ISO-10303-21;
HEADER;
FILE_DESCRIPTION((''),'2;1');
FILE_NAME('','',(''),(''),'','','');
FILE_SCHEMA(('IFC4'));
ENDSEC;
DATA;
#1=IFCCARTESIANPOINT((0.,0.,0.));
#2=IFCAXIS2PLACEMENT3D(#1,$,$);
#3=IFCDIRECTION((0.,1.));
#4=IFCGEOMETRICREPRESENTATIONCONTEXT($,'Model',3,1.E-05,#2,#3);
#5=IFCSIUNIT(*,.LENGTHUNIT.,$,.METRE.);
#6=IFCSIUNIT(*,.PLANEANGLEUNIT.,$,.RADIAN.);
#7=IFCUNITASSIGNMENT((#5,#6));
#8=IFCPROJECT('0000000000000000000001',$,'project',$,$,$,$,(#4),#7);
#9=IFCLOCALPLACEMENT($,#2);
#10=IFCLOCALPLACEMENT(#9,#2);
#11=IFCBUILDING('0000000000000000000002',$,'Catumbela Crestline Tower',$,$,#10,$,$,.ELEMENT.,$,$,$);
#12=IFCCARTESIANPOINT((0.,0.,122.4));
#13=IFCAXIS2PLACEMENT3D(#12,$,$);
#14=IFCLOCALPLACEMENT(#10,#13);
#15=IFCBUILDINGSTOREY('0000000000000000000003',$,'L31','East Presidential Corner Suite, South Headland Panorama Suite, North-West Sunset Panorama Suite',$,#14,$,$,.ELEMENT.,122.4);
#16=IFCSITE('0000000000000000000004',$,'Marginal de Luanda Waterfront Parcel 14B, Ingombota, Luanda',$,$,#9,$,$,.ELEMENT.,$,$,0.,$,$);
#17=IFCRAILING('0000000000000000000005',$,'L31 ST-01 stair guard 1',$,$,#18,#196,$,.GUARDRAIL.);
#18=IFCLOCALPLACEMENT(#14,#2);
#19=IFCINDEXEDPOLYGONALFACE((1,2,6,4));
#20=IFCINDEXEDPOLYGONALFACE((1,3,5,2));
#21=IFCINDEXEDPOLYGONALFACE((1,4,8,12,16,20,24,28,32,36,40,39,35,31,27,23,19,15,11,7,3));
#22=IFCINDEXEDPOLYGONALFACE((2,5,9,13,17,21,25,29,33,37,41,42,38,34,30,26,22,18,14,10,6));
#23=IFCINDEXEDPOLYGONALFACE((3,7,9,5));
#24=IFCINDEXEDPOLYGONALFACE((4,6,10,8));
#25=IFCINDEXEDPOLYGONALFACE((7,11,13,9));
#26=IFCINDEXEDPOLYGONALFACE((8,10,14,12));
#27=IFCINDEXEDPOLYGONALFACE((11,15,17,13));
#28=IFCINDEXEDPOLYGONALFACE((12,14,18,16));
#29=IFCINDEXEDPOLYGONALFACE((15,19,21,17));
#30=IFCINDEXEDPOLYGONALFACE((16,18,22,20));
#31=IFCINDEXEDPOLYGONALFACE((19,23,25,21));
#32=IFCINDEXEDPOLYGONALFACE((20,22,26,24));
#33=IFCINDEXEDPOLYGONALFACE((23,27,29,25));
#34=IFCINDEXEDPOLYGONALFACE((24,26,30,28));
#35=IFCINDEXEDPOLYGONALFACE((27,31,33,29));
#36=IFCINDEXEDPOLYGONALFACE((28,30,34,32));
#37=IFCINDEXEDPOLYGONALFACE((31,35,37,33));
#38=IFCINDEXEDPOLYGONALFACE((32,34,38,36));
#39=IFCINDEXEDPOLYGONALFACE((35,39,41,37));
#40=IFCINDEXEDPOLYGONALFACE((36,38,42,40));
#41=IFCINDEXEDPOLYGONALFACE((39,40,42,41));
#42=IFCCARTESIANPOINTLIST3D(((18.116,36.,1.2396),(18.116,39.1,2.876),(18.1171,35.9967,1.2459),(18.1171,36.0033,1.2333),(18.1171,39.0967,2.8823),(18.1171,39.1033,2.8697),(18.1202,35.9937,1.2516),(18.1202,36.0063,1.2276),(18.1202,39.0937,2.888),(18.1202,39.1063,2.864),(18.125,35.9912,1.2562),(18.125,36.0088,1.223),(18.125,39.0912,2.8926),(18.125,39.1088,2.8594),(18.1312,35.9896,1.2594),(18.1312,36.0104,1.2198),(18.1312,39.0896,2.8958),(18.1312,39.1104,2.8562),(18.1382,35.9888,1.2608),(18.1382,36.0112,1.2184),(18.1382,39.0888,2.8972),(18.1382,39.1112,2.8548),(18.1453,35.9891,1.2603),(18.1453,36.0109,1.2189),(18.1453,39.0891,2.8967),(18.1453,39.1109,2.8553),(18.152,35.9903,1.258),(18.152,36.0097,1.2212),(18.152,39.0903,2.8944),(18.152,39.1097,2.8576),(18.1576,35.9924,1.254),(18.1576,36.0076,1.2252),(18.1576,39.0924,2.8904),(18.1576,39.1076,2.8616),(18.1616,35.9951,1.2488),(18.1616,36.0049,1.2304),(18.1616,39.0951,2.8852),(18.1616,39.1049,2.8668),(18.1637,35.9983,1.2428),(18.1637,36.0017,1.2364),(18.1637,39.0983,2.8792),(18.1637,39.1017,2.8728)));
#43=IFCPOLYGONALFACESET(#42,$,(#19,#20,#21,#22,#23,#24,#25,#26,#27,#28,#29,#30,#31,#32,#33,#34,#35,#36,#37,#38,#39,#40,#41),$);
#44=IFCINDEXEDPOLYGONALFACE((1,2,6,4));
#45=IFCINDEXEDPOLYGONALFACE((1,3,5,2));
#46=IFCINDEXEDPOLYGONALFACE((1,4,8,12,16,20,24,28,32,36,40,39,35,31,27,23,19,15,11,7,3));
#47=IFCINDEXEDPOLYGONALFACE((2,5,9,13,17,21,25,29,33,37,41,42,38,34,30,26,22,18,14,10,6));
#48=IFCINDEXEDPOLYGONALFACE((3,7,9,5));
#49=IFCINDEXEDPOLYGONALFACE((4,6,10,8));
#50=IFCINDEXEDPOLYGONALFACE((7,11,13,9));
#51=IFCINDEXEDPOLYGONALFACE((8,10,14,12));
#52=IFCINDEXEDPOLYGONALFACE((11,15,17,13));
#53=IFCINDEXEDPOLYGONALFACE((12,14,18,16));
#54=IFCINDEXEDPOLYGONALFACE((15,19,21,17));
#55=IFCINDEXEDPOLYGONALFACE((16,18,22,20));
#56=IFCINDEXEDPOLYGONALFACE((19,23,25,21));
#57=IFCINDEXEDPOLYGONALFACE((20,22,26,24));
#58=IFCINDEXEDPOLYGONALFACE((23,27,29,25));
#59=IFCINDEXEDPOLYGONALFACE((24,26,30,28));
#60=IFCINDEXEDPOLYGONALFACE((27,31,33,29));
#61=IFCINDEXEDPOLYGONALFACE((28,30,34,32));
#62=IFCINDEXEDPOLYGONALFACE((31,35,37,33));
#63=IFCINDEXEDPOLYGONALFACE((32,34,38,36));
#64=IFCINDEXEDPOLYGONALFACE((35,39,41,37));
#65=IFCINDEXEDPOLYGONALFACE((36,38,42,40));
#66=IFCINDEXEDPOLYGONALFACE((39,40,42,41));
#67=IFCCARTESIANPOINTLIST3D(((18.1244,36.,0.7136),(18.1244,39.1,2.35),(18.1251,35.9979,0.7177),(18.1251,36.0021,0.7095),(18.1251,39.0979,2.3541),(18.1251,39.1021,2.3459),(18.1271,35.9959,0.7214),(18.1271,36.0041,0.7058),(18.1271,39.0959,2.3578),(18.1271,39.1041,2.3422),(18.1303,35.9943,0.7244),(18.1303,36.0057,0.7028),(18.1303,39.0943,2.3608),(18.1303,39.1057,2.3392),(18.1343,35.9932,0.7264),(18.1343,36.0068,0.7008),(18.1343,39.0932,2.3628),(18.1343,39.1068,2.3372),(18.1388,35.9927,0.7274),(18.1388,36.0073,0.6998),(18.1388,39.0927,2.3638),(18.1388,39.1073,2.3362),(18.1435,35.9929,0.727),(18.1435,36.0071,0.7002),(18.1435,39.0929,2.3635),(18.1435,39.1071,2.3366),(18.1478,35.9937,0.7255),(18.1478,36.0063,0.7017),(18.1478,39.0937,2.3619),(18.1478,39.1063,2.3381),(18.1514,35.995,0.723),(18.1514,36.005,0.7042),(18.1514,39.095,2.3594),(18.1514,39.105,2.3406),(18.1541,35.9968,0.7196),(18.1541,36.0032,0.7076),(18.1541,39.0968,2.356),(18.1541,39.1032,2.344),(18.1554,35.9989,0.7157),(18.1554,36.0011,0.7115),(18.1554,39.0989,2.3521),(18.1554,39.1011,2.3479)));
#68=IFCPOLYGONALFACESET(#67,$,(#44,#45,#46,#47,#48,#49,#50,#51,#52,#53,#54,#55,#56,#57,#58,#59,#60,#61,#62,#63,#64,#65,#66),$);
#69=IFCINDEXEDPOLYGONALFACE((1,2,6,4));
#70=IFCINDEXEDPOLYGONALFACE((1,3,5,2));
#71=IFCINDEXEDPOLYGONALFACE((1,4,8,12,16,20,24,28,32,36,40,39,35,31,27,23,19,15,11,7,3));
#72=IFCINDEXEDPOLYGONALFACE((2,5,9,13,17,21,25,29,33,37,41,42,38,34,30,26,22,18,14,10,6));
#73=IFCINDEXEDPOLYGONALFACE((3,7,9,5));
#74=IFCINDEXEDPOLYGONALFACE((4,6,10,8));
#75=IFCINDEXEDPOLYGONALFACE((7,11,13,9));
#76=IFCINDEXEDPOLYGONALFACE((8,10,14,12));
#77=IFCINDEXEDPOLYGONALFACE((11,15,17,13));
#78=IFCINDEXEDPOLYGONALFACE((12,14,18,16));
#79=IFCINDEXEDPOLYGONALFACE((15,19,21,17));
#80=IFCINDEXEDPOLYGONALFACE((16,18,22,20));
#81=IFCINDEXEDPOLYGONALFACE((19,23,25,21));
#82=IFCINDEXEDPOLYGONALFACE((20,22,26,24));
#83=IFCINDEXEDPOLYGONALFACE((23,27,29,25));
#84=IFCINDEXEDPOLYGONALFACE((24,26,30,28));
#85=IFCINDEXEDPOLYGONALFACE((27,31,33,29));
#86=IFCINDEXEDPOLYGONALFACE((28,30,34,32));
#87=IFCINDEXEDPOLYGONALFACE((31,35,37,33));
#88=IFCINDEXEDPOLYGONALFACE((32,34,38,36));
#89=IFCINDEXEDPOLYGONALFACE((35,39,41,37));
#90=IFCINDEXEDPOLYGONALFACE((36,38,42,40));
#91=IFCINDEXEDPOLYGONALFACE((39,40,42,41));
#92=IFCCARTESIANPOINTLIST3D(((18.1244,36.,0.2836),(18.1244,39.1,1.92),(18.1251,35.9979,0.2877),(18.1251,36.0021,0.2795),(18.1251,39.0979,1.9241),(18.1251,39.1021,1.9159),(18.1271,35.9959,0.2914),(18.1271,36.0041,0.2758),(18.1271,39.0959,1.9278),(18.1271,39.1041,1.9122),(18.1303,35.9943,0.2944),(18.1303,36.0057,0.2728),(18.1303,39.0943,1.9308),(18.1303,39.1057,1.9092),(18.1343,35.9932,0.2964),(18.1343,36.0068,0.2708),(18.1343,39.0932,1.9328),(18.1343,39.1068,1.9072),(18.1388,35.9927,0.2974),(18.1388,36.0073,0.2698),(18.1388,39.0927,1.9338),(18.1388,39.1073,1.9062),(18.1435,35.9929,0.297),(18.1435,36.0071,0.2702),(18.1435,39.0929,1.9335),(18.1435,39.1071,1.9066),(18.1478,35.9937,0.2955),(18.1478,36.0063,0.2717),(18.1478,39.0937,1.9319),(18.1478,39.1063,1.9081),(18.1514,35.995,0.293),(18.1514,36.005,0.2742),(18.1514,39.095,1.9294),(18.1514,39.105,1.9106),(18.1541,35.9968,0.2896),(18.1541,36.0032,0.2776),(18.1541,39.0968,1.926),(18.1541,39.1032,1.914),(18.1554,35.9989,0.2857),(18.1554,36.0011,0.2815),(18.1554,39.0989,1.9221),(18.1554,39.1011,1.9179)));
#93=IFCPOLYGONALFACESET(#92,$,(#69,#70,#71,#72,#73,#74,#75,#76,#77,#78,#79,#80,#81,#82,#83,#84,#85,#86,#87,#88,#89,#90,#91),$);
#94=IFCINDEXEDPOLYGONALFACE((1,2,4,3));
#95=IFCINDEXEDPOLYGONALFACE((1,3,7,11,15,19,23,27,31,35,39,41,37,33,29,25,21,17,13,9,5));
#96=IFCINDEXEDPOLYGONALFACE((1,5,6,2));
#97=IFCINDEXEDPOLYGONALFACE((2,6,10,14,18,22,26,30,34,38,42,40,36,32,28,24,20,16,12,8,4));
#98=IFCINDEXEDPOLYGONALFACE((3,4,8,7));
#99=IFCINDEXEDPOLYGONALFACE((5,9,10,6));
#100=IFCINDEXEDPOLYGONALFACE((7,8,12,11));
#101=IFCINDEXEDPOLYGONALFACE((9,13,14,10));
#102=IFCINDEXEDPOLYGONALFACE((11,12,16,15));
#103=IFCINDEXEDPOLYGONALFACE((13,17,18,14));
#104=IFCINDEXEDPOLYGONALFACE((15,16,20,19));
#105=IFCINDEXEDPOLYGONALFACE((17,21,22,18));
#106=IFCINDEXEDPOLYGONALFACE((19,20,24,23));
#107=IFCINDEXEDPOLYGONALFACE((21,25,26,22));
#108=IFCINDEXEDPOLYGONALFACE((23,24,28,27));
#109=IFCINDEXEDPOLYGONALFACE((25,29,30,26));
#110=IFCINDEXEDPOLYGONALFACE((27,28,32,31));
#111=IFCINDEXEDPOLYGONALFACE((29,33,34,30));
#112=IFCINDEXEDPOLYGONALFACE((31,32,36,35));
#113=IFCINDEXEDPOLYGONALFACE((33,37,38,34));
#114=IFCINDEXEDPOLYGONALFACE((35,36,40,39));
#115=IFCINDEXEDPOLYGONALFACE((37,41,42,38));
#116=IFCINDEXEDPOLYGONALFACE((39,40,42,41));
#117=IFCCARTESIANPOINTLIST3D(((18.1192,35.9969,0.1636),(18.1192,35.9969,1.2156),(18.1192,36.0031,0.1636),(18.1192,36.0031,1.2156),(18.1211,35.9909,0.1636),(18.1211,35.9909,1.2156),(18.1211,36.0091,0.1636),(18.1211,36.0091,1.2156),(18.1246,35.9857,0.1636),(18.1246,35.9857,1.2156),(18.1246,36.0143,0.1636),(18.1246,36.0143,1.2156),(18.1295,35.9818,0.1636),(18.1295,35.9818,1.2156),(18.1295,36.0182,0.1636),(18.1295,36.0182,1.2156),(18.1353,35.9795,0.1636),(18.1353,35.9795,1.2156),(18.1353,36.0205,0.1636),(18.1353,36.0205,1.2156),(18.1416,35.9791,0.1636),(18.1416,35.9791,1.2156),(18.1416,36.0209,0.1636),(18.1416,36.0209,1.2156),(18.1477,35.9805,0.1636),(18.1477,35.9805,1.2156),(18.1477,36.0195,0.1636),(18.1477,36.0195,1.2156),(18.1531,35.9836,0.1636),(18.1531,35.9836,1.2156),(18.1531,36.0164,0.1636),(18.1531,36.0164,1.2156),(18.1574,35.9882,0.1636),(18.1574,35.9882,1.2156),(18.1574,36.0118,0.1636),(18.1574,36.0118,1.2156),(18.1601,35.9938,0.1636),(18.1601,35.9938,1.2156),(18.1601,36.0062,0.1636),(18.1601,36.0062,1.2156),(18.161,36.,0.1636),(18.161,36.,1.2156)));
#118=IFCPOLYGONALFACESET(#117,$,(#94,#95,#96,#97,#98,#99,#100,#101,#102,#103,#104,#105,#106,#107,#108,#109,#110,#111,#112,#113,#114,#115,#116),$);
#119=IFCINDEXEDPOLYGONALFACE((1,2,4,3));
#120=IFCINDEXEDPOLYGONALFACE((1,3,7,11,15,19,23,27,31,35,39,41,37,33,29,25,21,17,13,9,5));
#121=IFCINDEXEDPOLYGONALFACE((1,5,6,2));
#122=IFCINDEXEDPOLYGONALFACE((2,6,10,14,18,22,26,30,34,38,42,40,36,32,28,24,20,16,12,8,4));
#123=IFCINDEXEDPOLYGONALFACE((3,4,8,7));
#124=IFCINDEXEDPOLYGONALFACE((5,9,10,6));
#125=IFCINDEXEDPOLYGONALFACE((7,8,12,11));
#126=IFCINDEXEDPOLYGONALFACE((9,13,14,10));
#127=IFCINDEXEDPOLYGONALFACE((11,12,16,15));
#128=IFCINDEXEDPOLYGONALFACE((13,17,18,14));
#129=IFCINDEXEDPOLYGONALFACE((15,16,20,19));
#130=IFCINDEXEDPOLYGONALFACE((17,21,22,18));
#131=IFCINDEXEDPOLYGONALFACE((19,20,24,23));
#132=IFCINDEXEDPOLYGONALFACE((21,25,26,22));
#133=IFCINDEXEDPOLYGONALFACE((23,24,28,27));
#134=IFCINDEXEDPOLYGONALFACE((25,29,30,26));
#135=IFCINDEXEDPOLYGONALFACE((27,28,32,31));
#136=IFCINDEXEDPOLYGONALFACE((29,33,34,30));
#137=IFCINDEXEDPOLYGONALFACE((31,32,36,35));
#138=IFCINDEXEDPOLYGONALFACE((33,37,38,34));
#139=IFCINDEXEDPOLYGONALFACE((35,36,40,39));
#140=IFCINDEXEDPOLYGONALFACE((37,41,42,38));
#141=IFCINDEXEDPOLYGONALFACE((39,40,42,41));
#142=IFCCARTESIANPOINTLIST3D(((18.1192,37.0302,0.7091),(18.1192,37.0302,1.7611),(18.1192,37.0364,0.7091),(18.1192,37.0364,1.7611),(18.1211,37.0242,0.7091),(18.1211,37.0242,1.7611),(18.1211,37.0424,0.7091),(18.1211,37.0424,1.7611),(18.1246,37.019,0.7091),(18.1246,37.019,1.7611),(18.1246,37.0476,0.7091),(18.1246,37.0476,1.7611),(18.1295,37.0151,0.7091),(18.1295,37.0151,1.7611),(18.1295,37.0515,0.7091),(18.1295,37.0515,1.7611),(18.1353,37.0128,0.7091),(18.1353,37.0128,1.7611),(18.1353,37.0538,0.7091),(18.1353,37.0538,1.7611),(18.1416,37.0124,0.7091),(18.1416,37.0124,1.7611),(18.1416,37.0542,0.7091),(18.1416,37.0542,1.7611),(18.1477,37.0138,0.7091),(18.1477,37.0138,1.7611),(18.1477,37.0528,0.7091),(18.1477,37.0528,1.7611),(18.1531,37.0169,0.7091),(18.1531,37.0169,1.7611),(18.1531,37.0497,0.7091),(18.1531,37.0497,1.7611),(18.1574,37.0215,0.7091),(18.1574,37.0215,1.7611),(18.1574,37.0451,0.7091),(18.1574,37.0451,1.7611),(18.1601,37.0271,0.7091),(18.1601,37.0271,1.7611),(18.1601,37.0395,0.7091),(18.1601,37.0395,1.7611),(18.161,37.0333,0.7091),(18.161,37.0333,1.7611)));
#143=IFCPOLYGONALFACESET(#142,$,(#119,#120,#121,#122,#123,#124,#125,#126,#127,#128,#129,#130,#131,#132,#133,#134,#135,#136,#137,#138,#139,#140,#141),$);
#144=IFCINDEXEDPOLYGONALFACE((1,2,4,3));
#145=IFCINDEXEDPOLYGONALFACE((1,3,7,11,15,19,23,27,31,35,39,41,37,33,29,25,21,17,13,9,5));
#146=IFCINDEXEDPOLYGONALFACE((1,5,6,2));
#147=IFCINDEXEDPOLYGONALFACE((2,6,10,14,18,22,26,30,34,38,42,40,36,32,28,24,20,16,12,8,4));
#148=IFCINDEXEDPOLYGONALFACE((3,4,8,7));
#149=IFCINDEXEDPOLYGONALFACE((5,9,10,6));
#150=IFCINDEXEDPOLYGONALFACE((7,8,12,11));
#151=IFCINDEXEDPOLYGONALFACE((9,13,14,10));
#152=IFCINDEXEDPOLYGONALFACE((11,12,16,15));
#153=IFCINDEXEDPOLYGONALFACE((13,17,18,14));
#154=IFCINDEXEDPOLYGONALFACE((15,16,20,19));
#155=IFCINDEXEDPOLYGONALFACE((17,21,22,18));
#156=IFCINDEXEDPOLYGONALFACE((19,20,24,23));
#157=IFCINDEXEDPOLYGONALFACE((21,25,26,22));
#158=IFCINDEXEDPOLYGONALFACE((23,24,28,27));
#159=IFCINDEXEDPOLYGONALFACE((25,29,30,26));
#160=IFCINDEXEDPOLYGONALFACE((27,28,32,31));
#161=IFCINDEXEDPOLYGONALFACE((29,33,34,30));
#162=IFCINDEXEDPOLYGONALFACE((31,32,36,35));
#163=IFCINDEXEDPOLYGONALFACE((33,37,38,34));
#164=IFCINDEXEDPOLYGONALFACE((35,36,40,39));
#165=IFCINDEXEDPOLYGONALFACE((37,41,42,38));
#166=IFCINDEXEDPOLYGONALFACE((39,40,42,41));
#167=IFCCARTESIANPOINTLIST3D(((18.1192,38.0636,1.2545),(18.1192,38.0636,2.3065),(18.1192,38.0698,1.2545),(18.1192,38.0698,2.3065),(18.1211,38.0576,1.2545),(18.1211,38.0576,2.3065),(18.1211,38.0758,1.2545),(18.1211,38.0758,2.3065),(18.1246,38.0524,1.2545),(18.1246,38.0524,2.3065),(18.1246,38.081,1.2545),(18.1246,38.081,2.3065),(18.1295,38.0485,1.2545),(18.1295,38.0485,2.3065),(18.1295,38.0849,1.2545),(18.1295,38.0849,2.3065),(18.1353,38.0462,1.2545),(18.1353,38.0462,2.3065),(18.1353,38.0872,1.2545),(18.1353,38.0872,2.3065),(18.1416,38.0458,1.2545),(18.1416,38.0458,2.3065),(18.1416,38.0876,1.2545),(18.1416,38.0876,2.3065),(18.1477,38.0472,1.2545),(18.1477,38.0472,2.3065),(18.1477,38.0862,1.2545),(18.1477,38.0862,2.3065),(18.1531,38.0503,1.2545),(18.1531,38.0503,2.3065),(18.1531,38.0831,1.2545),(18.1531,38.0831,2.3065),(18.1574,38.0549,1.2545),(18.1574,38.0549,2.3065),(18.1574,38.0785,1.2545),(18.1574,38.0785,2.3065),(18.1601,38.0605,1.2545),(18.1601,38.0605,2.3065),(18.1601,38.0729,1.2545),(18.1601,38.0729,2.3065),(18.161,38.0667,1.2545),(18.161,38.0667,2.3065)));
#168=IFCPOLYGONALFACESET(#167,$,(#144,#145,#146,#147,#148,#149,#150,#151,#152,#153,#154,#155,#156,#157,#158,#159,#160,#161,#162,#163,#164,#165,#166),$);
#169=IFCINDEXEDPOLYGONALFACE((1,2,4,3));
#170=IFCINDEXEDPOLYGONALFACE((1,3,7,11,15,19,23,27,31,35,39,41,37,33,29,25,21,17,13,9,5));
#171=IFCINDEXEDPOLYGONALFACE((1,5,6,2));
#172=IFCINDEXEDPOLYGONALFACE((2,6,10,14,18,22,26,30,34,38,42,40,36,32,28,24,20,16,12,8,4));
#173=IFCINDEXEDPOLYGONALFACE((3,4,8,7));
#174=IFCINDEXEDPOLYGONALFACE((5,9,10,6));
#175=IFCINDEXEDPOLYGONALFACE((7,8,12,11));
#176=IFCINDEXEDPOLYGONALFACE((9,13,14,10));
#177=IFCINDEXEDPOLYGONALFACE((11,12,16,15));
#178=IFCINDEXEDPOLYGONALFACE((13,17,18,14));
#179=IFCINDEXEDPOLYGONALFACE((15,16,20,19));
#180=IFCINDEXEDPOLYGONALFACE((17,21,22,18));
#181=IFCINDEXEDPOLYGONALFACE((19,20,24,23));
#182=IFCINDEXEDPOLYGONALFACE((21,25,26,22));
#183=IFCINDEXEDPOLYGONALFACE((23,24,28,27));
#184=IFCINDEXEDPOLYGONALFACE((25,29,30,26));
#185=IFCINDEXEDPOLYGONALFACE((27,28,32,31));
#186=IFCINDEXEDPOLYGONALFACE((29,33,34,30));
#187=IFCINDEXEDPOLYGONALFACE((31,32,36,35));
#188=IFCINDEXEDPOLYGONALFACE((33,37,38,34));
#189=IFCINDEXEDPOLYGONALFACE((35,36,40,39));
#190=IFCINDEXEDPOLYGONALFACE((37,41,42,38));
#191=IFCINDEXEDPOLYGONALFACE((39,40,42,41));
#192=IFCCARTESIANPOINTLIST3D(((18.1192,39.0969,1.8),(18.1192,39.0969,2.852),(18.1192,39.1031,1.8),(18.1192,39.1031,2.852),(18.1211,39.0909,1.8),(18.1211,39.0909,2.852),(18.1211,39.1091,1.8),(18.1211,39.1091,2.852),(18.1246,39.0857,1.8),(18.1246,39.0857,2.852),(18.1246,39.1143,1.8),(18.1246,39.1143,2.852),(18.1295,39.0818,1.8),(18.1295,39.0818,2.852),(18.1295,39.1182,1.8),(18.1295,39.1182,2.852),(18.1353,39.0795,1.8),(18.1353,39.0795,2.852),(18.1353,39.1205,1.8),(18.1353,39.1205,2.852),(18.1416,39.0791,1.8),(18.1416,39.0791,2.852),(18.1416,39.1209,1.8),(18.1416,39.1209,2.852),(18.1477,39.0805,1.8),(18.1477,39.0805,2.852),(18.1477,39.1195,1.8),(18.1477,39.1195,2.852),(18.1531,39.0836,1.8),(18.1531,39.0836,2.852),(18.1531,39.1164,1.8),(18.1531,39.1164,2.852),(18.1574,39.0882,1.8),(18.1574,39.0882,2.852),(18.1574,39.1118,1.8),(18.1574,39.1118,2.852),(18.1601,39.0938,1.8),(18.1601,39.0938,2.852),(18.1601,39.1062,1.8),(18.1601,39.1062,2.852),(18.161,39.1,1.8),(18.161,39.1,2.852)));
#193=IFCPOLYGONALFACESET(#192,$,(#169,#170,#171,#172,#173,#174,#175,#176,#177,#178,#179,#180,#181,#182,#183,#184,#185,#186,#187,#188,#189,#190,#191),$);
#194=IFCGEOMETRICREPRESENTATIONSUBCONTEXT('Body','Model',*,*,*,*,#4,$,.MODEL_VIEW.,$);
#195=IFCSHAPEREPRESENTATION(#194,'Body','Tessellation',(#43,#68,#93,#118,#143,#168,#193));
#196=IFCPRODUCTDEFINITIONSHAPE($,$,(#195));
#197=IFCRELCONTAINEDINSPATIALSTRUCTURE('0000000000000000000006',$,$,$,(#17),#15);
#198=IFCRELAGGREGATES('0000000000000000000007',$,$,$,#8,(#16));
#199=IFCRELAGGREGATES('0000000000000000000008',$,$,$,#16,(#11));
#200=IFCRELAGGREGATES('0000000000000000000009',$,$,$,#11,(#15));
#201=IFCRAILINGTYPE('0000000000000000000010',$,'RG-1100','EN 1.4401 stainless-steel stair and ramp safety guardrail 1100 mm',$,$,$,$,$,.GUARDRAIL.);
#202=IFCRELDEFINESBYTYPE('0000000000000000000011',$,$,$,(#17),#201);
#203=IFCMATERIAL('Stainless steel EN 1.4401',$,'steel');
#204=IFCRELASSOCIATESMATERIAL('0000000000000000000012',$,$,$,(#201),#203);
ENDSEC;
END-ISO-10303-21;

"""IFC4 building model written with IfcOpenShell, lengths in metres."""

from ifc_helpers import new_model, si_unit, direction, frame, origin, origin_2d, place, context, subcontext, project, spatial, circle, extrude, material, type_object, element, save


model = new_model("IFC4")

# Units and contexts
model_context = context("Model", 3, precision=1e-05, world=origin(), true_north=direction((0.0, 1.0)))
body_context = subcontext(model_context, "Body", "Model", "MODEL_VIEW")
ifc_project = project(units=[si_unit("LENGTHUNIT", "METRE"), si_unit("PLANEANGLEUNIT", "RADIAN")], contexts=[model_context])

# Site, building, storey
site_placement = place(None, origin())
site = spatial("IfcSite", under=ifc_project, at=site_placement, Name="Marginal de Luanda Waterfront Parcel 14B, Ingombota, Luanda", CompositionType="ELEMENT", RefElevation=0.0)
building_placement = place(site_placement, origin())
building = spatial("IfcBuilding", under=site, at=building_placement, Name="Catumbela Crestline Tower", CompositionType="ELEMENT")
storey_placement = place(building_placement, frame((0.0, 0.0, 122.4)))
storey = spatial("IfcBuildingStorey", under=building, at=storey_placement, Name="L31", Description="East Presidential Corner Suite, South Headland Panorama Suite, North-West Sunset Panorama Suite", CompositionType="ELEMENT", Elevation=122.4)

# Railing
ifc_material_1 = material(Name="Stainless steel EN 1.4401", Category="steel")
railing_type_1 = type_object("IfcRailingType", Name="RG-1100", Description="EN 1.4401 stainless-steel stair and ramp safety guardrail 1100 mm", PredefinedType="GUARDRAIL", material=ifc_material_1)
railing_1_placement = place(storey_placement, frame((18.14, 36.0, 0.1636)))
element("IfcRailing", 1, at=railing_1_placement, inside=storey, type_object=railing_type_1, Name="L31 ST-01 stair guard 1", PredefinedType="GUARDRAIL", context=body_context, shape_type="SweptSolid", body=[
    extrude(circle(Radius=0.024, at=origin_2d()), frame((0.0, 0.0, 1.076), z_axis=(0.0, 0.884351, 0.466823), x_axis=(-1.0, 0.0, 0.0)), (0.0, 0.0, 1.0), 3.5054),
    extrude(circle(Radius=0.0156, at=origin_2d()), frame((0.0, 0.0, 0.55), z_axis=(0.0, 0.884351, 0.466823), x_axis=(-1.0, 0.0, 0.0)), (0.0, 0.0, 1.0), 3.5054),
    extrude(circle(Radius=0.0156, at=origin_2d()), frame((0.0, 0.0, 0.12), z_axis=(0.0, 0.884351, 0.466823), x_axis=(-1.0, 0.0, 0.0)), (0.0, 0.0, 1.0), 3.5054),
    extrude(circle(Radius=0.021, at=origin_2d()), origin(), (0.0, 0.0, 1.0), 1.052),
    extrude(circle(Radius=0.021, at=origin_2d()), frame((0.0, 1.0333, 0.5455)), (0.0, 0.0, 1.0), 1.052),
    extrude(circle(Radius=0.021, at=origin_2d()), frame((0.0, 2.0667, 1.0909)), (0.0, 0.0, 1.0), 1.052),
    extrude(circle(Radius=0.021, at=origin_2d()), frame((0.0, 3.1, 1.6364)), (0.0, 0.0, 1.0), 1.052),
])

save(model, "model.ifc")
